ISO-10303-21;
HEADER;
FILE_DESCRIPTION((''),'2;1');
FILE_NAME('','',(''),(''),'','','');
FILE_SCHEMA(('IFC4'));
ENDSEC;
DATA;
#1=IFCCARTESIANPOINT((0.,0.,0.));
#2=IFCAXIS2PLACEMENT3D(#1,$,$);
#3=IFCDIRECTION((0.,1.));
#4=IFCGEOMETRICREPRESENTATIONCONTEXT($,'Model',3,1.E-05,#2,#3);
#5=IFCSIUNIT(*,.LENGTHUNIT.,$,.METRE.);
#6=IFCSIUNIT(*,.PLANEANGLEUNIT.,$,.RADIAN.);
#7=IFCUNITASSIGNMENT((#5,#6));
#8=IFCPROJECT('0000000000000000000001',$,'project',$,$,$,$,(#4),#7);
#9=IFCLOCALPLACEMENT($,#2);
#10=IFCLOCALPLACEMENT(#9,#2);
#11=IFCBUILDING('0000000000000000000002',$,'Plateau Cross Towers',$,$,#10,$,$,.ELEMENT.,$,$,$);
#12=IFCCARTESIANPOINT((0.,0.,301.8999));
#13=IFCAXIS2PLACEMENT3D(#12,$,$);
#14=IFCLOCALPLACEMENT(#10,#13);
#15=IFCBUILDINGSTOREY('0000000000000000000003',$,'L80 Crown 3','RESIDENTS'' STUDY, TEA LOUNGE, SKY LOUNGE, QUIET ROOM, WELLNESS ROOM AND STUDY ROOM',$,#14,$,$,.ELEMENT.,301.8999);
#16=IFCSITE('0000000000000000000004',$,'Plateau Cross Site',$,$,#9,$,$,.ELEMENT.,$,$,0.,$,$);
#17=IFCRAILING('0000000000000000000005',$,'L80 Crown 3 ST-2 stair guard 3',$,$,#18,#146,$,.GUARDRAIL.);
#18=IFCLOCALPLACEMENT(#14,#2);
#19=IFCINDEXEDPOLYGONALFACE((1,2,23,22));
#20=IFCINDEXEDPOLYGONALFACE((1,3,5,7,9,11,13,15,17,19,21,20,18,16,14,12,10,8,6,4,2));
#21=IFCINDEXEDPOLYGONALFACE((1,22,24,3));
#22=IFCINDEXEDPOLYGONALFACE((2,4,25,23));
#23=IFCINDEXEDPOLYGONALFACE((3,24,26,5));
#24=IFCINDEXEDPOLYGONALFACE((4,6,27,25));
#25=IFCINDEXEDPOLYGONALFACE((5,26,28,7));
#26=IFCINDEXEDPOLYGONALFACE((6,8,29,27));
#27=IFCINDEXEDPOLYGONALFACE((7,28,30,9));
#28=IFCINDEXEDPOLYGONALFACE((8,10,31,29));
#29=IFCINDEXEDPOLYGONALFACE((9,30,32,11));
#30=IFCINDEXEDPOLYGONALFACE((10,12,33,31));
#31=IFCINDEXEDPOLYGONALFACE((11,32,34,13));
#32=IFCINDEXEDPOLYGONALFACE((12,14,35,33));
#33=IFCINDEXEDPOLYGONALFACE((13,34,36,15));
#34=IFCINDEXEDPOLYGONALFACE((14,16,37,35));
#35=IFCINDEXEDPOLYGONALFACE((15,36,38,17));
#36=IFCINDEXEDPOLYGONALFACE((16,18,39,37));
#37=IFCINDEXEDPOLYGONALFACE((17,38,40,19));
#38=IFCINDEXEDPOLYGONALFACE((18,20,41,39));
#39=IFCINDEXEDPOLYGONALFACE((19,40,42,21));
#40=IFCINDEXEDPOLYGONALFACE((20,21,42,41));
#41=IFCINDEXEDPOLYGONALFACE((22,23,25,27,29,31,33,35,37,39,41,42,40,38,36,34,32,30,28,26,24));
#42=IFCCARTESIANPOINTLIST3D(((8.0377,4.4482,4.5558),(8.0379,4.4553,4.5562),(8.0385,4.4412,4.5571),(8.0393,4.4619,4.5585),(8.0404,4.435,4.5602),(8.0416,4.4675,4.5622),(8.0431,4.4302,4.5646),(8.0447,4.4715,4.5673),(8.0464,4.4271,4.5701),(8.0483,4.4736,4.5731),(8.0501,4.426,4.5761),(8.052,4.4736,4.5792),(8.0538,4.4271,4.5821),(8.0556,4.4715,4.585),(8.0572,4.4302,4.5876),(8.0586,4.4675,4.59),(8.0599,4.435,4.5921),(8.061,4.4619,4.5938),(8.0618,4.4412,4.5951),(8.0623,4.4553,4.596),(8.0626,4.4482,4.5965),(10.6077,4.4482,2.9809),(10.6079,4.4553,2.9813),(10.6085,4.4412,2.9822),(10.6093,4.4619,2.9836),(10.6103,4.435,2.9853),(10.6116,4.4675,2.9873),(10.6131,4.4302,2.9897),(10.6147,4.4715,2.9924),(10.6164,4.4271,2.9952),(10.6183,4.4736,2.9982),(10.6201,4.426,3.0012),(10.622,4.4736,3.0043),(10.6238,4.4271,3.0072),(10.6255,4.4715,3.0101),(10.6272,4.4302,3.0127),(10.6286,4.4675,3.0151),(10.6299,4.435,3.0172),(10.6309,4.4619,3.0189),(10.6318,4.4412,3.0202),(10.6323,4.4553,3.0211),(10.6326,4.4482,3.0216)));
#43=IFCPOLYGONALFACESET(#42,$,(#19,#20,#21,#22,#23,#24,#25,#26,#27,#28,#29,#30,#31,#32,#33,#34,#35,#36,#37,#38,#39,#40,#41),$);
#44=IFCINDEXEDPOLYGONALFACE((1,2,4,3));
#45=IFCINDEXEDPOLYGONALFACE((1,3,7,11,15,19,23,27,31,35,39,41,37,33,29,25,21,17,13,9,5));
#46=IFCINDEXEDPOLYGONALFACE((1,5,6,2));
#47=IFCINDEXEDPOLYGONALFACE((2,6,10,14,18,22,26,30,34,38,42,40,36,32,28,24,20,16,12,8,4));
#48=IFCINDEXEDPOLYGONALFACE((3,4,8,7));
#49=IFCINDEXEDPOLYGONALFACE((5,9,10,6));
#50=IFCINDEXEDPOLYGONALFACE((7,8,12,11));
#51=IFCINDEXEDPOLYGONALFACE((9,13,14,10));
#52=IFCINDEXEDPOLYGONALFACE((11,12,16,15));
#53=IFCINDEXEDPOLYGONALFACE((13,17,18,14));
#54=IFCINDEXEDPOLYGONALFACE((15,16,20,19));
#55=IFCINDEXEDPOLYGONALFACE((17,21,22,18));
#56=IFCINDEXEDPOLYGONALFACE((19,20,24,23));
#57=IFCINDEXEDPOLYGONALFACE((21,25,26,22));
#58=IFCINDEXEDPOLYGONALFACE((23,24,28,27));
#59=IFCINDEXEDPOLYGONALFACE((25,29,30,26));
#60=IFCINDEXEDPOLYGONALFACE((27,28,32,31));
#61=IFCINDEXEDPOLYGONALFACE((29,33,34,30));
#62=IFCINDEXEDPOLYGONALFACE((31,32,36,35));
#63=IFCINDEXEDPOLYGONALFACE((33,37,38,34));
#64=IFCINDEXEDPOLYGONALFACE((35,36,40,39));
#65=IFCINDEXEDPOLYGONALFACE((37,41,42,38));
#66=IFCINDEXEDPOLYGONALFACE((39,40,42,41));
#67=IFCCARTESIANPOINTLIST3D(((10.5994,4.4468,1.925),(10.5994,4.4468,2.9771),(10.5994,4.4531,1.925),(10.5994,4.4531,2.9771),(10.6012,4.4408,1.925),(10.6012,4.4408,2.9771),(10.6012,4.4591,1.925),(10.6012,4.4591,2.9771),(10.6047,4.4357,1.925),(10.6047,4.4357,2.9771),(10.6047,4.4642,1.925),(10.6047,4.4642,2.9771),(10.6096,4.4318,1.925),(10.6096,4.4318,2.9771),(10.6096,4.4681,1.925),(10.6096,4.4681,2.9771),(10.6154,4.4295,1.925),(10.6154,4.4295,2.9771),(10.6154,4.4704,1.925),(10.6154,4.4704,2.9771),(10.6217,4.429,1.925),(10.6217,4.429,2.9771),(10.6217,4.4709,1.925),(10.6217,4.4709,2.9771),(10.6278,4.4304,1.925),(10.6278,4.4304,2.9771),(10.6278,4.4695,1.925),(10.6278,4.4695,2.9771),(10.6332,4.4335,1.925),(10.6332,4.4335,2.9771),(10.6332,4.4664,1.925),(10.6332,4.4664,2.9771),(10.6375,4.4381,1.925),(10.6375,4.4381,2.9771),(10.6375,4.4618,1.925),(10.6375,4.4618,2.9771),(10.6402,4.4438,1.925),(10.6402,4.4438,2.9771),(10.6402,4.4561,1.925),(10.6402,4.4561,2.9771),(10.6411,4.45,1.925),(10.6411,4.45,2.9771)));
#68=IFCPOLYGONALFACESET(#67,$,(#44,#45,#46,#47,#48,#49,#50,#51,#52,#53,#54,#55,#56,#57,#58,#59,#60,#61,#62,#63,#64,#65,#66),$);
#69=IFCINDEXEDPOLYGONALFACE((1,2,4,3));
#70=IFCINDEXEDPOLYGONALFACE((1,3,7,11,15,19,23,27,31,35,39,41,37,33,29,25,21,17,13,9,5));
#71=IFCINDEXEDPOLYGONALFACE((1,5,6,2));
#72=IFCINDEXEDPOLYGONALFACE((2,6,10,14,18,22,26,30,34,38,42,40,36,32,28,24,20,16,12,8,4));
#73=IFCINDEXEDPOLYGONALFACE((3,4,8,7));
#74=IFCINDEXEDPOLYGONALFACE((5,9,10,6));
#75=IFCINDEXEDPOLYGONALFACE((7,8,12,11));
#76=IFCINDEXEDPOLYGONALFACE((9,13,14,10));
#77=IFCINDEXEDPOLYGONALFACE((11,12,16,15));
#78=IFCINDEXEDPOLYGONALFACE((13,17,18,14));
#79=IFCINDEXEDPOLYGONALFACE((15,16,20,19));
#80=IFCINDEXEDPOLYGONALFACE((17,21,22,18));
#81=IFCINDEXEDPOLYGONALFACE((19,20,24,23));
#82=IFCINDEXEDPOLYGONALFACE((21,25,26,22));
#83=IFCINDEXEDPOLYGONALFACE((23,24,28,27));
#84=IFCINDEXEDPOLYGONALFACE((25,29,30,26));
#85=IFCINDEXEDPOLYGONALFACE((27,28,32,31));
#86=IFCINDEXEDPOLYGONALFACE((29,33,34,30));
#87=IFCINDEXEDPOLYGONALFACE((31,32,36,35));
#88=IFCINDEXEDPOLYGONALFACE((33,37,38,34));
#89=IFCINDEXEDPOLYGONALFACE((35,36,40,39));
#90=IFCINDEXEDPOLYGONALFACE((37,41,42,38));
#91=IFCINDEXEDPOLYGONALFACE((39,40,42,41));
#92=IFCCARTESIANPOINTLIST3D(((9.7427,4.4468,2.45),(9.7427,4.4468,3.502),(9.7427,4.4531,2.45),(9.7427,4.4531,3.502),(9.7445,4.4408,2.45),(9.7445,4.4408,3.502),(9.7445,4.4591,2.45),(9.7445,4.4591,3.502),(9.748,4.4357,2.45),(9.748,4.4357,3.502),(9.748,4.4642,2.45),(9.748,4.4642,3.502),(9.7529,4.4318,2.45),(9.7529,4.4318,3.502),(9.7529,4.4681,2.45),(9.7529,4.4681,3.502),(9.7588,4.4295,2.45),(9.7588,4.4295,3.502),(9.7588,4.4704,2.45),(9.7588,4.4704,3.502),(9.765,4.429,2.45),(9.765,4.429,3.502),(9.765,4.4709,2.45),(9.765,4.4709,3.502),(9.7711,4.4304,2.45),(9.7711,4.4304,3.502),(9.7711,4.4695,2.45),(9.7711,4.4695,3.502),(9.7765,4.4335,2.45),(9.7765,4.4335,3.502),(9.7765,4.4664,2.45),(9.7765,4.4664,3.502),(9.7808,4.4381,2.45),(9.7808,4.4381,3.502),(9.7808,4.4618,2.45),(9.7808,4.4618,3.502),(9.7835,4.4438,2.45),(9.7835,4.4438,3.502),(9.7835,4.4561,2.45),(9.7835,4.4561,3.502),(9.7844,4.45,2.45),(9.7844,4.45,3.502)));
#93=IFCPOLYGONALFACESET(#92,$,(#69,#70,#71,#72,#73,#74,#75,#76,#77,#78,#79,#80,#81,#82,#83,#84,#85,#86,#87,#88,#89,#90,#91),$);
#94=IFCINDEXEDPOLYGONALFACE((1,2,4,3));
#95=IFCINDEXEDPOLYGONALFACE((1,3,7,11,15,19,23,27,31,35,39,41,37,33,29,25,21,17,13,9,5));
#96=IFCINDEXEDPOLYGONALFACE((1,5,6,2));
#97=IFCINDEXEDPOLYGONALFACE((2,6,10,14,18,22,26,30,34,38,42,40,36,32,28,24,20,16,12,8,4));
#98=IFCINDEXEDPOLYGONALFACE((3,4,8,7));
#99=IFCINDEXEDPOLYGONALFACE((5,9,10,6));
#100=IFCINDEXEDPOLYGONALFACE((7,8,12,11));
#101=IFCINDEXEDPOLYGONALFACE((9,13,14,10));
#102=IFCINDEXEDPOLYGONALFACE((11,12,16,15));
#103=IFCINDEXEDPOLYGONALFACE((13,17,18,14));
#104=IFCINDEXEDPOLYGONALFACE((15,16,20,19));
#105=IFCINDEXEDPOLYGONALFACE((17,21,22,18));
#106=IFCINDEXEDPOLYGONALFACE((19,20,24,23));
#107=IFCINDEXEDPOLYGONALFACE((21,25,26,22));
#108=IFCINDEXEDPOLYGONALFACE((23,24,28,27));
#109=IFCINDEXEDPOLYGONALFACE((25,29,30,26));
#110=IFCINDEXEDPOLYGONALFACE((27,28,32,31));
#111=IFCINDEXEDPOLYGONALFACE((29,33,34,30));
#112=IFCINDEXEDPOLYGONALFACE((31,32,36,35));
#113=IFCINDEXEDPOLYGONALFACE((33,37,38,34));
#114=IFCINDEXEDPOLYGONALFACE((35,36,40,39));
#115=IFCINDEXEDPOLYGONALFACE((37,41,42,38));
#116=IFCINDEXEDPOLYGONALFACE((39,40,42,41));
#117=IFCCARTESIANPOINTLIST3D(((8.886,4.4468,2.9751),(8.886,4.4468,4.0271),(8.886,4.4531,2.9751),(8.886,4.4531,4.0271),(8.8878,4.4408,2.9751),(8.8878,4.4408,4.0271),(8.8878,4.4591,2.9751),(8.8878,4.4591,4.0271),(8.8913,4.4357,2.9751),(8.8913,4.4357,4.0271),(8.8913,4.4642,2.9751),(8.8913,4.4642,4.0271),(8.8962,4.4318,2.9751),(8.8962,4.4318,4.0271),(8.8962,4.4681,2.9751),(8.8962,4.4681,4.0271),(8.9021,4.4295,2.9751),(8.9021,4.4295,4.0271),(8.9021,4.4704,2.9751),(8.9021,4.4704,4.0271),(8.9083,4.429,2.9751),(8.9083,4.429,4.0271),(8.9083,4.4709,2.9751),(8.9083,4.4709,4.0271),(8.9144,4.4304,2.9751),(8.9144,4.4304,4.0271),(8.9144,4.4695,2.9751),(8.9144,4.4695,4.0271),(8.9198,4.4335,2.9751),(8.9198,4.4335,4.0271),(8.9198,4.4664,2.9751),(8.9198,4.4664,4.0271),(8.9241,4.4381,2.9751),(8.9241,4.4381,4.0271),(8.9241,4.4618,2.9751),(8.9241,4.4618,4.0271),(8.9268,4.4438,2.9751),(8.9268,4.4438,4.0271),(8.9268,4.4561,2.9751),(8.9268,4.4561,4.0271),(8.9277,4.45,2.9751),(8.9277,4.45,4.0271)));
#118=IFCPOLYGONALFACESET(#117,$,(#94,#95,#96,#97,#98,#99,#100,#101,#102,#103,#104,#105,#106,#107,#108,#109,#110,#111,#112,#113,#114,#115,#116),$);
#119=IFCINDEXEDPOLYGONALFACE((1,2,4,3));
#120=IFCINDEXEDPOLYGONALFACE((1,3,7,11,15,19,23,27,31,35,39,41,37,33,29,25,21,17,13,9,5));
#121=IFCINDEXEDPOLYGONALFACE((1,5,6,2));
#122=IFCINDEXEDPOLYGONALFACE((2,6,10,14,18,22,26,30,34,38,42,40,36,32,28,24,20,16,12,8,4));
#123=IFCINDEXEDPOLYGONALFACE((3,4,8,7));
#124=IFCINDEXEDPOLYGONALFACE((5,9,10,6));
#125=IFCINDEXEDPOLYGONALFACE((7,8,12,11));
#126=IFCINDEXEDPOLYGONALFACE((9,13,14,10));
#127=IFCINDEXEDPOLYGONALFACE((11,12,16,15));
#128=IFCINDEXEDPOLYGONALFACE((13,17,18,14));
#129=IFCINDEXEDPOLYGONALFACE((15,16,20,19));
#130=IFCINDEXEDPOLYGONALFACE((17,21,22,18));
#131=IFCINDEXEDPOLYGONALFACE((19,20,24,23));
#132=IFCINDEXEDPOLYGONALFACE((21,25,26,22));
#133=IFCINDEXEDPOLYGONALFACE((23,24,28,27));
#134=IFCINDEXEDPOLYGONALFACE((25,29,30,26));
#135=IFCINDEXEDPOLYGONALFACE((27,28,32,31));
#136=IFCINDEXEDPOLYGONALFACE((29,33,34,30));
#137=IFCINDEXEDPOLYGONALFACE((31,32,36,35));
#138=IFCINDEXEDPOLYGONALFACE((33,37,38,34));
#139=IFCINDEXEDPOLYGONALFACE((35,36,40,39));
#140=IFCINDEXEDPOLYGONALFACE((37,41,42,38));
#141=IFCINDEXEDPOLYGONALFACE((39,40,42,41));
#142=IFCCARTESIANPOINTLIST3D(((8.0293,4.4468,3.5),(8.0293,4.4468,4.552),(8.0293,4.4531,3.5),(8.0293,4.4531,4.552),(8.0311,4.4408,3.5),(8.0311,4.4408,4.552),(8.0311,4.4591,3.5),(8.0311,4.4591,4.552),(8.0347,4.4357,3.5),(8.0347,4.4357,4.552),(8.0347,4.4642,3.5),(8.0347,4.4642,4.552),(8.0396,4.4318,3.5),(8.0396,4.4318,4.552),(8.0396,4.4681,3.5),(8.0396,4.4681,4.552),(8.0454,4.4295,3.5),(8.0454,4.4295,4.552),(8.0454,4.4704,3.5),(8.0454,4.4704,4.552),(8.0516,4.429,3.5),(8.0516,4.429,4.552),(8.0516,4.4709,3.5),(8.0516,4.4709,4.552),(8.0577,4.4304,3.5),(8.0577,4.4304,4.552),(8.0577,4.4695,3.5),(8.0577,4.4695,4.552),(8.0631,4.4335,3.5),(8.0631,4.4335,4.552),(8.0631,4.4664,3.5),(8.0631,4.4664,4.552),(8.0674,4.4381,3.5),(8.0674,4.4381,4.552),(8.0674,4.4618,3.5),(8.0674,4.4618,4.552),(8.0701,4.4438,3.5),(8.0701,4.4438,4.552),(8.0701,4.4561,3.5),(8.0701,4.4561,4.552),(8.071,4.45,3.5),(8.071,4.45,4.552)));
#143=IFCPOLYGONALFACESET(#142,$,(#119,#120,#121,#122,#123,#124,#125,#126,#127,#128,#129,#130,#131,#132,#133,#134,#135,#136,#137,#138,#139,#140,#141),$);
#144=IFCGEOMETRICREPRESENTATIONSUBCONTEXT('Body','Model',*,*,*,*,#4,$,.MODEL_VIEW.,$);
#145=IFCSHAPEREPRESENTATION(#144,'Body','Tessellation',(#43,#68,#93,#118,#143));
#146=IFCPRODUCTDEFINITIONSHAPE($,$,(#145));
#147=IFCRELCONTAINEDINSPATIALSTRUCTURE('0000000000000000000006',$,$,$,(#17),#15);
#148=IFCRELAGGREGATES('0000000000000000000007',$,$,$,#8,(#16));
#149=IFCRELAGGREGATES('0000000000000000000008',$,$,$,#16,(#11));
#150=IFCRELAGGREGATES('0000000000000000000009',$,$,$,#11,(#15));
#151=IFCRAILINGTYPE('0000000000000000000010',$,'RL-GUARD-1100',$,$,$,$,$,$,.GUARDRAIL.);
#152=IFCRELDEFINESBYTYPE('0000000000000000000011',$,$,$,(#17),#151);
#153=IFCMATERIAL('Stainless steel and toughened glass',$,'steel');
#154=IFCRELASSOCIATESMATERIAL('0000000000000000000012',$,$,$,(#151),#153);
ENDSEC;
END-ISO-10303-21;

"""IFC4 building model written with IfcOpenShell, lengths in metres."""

from ifc_helpers import new_model, si_unit, direction, frame, origin, origin_2d, place, context, subcontext, project, spatial, circle, extrude, material, type_object, element, save


model = new_model("IFC4")

# Units and contexts
model_context = context("Model", 3, precision=1e-05, world=origin(), true_north=direction((0.0, 1.0)))
body_context = subcontext(model_context, "Body", "Model", "MODEL_VIEW")
ifc_project = project(units=[si_unit("LENGTHUNIT", "METRE"), si_unit("PLANEANGLEUNIT", "RADIAN")], contexts=[model_context])

# Site, building, storey
site_placement = place(None, origin())
site = spatial("IfcSite", under=ifc_project, at=site_placement, Name="Plateau Cross Site", CompositionType="ELEMENT", RefElevation=0.0)
building_placement = place(site_placement, origin())
building = spatial("IfcBuilding", under=site, at=building_placement, Name="Plateau Cross Towers", CompositionType="ELEMENT")
storey_placement = place(building_placement, frame((0.0, 0.0, 301.8999)))
storey = spatial("IfcBuildingStorey", under=building, at=storey_placement, Name="L80 Crown 3", Description="RESIDENTS' STUDY, TEA LOUNGE, SKY LOUNGE, QUIET ROOM, WELLNESS ROOM AND STUDY ROOM", CompositionType="ELEMENT", Elevation=301.8999)

# Railing
ifc_material_1 = material(Name="Stainless steel and toughened glass", Category="steel")
railing_type_1 = type_object("IfcRailingType", Name="RL-GUARD-1100", PredefinedType="GUARDRAIL", material=ifc_material_1)
railing_1_placement = place(storey_placement, frame((10.6201, 4.45, 1.925)))
element("IfcRailing", 1, at=railing_1_placement, inside=storey, type_object=railing_type_1, Name="L80 Crown 3 ST-2 stair guard 3", PredefinedType="GUARDRAIL", context=body_context, shape_type="SweptSolid", body=[
    extrude(circle(Radius=0.0239, at=origin_2d()), frame((0.0, 0.0, 1.0762), z_axis=(-0.852639, 0.0, 0.522501), x_axis=(0.0, -1.0, 0.0)), (0.0, 0.0, 1.0), 3.0142),
    extrude(circle(Radius=0.021, at=origin_2d()), origin(), (0.0, 0.0, 1.0), 1.052),
    extrude(circle(Radius=0.021, at=origin_2d()), frame((-0.8567, 0.0, 0.5249)), (0.0, 0.0, 1.0), 1.052),
    extrude(circle(Radius=0.021, at=origin_2d()), frame((-1.7134, 0.0, 1.05)), (0.0, 0.0, 1.0), 1.052),
    extrude(circle(Radius=0.021, at=origin_2d()), frame((-2.5701, 0.0, 1.575)), (0.0, 0.0, 1.0), 1.052),
])

save(model, "model.ifc")
